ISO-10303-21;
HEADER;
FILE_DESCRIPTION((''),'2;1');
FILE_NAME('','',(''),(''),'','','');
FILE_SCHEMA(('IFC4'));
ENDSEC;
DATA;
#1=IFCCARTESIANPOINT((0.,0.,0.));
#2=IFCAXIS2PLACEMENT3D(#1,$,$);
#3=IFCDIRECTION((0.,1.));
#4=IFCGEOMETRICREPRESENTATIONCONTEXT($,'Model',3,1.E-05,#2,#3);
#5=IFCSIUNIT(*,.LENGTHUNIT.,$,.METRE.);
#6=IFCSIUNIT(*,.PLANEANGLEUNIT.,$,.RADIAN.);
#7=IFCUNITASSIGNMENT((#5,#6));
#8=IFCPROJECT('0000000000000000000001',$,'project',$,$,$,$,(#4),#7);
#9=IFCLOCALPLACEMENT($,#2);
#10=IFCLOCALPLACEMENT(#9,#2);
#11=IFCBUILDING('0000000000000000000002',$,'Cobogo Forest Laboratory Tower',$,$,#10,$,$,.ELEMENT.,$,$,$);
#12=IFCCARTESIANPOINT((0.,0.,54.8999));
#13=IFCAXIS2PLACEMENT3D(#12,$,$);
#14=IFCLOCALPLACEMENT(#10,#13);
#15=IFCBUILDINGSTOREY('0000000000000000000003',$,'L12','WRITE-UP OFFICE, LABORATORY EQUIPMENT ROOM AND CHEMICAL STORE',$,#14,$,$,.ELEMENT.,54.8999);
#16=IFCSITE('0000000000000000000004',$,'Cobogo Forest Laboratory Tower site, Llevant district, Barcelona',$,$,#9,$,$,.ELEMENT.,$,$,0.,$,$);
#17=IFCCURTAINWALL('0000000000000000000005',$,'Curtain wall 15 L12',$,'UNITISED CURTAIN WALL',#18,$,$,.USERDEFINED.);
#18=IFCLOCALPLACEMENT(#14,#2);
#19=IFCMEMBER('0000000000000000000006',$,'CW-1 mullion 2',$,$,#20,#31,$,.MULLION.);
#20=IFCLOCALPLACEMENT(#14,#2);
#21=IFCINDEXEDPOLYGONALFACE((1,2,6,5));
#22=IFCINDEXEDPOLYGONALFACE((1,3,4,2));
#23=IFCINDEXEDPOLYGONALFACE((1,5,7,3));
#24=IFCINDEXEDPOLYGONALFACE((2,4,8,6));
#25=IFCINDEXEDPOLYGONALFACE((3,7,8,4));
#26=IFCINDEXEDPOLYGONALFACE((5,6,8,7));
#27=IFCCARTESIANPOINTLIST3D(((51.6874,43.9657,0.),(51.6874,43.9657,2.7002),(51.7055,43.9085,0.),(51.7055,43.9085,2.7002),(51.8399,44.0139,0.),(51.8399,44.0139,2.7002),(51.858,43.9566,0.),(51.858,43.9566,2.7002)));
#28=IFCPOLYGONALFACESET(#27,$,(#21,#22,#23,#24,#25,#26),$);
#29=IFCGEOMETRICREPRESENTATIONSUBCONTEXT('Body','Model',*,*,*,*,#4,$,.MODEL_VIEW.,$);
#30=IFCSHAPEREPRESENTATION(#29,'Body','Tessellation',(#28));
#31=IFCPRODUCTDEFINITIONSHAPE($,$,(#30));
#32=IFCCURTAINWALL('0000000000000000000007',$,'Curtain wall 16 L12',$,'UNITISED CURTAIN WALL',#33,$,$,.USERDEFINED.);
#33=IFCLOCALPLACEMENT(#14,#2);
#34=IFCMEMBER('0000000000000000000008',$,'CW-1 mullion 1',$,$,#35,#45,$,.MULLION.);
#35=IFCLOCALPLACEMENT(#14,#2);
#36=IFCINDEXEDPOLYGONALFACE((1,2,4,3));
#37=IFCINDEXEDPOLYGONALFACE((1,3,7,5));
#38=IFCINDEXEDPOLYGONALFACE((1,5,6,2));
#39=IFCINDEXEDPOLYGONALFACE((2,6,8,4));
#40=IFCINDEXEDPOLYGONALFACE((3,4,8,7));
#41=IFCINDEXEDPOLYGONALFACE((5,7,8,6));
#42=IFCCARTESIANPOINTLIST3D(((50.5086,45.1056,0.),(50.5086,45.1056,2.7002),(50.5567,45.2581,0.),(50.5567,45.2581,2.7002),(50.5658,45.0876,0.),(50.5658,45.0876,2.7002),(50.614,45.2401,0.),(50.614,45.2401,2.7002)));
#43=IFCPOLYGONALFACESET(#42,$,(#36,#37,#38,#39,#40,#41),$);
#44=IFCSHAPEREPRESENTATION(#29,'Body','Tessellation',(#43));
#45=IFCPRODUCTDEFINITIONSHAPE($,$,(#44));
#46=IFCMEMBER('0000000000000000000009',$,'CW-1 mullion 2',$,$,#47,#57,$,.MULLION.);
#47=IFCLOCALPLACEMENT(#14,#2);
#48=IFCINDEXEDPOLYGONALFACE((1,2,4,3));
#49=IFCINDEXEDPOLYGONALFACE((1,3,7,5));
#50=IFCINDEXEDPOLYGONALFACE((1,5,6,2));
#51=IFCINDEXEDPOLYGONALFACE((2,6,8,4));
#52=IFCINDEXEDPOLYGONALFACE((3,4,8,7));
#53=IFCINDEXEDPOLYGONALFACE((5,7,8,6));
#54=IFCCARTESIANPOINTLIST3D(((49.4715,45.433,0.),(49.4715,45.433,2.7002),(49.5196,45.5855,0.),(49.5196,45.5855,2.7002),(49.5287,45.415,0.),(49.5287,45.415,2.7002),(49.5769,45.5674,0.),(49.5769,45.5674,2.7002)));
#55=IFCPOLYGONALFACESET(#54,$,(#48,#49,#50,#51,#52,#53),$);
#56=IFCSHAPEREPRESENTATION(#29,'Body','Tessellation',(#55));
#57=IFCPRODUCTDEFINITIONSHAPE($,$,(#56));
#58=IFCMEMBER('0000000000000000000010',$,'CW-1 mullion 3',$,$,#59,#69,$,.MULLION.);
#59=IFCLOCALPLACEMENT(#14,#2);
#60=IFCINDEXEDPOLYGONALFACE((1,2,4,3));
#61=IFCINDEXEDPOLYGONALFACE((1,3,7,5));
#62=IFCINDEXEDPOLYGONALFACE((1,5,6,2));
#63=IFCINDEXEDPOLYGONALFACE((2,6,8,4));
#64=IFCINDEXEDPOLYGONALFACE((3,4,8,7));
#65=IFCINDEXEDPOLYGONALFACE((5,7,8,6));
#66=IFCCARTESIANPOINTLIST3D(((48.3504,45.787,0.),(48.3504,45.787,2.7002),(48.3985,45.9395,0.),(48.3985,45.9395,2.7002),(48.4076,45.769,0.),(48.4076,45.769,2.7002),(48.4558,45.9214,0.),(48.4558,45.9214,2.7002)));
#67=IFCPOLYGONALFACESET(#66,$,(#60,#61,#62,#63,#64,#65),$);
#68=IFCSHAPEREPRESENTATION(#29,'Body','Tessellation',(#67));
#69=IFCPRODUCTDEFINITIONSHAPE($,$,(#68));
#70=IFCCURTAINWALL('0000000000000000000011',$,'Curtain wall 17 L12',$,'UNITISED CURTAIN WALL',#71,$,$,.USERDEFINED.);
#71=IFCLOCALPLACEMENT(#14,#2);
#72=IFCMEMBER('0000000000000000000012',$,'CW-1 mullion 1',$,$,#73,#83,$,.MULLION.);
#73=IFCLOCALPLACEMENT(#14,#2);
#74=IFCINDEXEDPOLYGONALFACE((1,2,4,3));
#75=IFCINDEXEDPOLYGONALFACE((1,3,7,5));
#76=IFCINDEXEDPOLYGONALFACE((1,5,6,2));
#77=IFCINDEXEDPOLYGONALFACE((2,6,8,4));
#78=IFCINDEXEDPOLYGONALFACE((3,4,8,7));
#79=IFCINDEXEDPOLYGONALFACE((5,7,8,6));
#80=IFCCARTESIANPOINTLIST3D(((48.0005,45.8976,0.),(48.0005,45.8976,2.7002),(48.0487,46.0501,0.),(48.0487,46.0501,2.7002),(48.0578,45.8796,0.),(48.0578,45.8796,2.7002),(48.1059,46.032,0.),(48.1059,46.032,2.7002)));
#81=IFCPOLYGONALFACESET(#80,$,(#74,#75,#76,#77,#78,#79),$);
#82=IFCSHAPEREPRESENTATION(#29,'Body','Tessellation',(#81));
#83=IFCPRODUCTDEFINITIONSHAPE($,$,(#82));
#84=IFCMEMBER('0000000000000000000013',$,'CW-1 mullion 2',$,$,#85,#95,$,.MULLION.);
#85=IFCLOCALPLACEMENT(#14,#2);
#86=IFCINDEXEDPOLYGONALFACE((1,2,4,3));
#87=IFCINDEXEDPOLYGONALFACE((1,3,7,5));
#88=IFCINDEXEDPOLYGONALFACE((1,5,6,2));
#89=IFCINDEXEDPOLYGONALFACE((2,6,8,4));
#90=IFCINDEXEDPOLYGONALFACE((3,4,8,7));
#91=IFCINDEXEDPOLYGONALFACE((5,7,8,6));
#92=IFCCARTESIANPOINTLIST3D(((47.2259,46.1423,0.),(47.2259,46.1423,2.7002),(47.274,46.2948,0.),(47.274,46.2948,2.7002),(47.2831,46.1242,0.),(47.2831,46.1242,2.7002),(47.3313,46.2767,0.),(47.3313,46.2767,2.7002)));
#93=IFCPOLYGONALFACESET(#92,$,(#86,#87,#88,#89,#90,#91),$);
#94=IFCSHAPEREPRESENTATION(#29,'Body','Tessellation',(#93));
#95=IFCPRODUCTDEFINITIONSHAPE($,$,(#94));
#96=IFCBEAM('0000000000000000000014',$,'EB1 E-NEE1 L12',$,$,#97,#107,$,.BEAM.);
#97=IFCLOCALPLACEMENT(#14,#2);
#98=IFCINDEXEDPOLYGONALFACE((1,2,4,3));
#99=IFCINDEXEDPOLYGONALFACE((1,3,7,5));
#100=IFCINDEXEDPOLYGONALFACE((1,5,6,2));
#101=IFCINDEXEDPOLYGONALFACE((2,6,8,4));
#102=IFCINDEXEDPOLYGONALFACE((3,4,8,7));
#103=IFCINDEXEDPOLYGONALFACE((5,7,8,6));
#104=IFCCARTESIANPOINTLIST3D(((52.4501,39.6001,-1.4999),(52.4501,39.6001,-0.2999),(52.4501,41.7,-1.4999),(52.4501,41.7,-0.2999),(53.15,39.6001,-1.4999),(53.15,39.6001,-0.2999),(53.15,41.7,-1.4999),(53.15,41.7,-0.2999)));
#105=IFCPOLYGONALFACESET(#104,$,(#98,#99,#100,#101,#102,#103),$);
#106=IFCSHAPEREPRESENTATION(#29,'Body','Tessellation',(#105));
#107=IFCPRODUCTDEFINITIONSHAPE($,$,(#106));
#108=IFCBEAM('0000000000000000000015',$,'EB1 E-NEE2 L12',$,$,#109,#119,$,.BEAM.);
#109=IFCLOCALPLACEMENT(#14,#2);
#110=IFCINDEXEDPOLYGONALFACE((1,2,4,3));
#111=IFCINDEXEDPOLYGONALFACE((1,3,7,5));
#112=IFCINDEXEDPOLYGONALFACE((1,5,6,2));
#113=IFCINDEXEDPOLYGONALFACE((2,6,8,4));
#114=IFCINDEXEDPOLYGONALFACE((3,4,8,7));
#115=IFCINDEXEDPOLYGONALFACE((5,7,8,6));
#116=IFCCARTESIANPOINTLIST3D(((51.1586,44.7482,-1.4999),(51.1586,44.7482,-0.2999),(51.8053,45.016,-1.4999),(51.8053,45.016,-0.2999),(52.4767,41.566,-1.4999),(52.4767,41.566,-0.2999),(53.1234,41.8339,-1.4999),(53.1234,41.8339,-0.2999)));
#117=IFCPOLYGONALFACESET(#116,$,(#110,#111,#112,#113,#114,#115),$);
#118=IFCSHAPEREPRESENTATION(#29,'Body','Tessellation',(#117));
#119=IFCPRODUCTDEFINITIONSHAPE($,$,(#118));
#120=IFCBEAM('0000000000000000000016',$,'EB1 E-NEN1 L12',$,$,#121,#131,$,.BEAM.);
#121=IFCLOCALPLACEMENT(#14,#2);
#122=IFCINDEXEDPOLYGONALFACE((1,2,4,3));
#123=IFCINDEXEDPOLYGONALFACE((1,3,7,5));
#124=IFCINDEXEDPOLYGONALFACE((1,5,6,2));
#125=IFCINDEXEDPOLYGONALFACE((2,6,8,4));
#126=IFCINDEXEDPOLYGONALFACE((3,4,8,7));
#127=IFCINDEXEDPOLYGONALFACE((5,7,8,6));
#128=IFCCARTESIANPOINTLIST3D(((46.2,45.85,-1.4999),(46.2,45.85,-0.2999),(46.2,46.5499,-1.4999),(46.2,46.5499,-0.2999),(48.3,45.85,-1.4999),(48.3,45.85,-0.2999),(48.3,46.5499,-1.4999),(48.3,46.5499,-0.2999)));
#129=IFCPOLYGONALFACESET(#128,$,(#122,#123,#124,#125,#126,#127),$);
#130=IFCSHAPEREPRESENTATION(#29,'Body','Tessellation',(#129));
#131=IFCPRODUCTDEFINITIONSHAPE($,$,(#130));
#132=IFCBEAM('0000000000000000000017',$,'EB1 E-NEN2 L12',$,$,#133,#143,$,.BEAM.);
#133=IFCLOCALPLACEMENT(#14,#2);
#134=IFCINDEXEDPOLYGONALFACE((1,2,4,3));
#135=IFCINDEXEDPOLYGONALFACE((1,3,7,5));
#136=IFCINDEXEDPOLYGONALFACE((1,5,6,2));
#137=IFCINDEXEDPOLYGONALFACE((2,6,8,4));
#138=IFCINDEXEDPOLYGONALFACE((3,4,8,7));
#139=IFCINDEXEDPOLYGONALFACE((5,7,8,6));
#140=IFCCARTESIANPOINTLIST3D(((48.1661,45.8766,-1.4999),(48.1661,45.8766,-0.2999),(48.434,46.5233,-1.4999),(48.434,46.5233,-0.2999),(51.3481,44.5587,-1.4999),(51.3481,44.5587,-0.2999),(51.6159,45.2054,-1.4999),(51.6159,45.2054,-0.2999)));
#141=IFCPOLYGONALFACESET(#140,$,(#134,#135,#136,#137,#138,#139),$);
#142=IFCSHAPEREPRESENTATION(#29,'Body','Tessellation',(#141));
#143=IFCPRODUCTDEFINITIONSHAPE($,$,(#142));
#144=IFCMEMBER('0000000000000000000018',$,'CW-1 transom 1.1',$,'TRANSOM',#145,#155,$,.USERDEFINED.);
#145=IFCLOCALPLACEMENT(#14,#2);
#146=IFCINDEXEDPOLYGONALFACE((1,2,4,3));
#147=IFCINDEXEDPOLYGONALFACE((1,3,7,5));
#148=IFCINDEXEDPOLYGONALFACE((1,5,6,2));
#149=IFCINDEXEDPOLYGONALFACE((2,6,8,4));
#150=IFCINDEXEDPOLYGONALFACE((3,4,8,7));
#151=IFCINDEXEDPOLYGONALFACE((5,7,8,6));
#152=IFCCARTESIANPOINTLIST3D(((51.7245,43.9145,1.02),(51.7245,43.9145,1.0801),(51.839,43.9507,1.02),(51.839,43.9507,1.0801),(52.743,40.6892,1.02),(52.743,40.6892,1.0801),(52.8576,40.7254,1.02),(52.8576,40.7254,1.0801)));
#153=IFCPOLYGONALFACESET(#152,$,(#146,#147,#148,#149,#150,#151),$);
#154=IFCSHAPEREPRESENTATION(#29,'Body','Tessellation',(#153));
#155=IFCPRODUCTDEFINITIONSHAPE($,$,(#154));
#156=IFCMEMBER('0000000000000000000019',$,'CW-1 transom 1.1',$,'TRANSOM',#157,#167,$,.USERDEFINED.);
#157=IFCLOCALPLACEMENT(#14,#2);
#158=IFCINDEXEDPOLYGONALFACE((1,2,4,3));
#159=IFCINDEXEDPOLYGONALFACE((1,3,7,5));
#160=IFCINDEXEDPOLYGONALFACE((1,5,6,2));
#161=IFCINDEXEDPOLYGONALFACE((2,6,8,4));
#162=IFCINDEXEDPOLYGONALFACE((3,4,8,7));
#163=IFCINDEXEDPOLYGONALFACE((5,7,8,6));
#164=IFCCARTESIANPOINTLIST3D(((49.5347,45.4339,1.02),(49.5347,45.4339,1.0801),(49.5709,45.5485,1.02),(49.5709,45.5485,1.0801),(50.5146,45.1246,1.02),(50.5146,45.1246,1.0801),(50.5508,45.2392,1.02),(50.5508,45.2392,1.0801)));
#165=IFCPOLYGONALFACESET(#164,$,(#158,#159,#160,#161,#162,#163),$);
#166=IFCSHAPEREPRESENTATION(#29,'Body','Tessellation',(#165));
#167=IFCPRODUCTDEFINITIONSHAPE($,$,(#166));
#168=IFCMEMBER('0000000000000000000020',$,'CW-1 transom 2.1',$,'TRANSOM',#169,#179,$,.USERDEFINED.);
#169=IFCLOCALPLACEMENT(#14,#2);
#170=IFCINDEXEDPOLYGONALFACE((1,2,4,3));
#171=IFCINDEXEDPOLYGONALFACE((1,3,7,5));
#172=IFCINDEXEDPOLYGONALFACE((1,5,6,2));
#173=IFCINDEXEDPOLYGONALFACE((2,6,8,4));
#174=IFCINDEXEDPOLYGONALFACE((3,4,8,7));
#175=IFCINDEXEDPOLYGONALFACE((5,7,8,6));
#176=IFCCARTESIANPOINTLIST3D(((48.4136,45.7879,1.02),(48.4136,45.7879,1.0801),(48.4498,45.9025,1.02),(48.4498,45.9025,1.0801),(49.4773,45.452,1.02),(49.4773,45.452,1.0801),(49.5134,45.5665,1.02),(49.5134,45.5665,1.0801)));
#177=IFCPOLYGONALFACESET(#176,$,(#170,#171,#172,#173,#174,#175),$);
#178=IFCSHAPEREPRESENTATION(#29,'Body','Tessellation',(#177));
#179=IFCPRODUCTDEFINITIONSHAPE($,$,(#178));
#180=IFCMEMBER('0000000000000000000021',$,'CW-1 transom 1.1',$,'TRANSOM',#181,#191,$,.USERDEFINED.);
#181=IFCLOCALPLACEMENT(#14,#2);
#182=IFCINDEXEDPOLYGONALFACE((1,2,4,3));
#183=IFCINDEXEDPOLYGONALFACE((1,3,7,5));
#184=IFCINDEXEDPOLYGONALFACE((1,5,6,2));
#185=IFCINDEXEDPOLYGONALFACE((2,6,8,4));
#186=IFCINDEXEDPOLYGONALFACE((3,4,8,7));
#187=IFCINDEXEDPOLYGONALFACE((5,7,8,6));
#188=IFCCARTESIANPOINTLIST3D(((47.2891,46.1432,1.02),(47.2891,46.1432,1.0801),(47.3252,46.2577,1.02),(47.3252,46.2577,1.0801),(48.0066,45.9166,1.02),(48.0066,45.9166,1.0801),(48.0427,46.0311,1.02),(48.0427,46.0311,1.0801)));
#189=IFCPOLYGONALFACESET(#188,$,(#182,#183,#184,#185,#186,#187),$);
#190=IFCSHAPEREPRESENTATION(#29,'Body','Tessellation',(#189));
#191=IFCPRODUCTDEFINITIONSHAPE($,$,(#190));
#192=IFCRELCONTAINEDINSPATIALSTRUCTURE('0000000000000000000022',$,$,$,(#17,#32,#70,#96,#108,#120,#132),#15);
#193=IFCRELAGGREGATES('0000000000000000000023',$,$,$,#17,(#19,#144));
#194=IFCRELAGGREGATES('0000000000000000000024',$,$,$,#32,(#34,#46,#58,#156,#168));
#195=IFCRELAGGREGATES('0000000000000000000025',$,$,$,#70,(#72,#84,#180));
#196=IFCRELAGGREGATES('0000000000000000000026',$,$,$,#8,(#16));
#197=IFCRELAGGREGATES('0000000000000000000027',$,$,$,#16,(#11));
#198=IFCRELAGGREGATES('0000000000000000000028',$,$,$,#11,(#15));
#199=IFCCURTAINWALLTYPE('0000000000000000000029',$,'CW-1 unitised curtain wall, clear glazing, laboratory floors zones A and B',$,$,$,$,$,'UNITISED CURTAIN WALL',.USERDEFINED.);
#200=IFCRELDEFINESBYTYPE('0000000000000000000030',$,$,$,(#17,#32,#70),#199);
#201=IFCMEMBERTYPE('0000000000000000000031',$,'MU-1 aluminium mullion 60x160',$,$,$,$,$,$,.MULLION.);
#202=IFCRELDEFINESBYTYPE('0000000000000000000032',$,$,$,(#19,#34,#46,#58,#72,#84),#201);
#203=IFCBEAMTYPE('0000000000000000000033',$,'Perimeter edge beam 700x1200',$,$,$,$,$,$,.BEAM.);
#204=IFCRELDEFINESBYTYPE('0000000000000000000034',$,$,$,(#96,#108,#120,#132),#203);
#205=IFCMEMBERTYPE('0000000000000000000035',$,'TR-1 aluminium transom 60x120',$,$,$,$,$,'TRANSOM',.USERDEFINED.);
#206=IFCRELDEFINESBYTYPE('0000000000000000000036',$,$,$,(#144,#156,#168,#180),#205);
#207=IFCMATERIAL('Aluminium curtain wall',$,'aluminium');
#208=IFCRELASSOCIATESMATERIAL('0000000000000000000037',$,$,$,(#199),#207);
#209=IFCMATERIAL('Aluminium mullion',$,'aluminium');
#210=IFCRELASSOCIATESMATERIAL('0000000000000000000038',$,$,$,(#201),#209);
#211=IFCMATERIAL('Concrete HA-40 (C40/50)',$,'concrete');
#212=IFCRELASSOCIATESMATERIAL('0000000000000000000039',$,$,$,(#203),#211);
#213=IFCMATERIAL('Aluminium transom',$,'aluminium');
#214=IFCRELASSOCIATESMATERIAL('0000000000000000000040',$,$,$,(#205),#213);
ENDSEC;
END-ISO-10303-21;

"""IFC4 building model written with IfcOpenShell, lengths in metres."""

from ifc_helpers import new_model, si_unit, direction, frame, origin, origin_2d, place, context, subcontext, project, spatial, rectangle, extrude, material, material_profile, profile_set, type_object, element, aggregate, save


model = new_model("IFC4")

# Units and contexts
model_context = context("Model", 3, precision=1e-05, world=origin(), true_north=direction((0.0, 1.0)))
body_context = subcontext(model_context, "Body", "Model", "MODEL_VIEW")
ifc_project = project(units=[si_unit("LENGTHUNIT", "METRE"), si_unit("PLANEANGLEUNIT", "RADIAN")], contexts=[model_context])

# Site, building, storey
site_placement = place(None, origin())
site = spatial("IfcSite", under=ifc_project, at=site_placement, Name="Cobogo Forest Laboratory Tower site, Llevant district, Barcelona", CompositionType="ELEMENT", RefElevation=0.0)
building_placement = place(site_placement, origin())
building = spatial("IfcBuilding", under=site, at=building_placement, Name="Cobogo Forest Laboratory Tower", CompositionType="ELEMENT")
storey_placement = place(building_placement, frame((0.0, 0.0, 54.8999)))
storey = spatial("IfcBuildingStorey", under=building, at=storey_placement, Name="L12", Description="WRITE-UP OFFICE, LABORATORY EQUIPMENT ROOM AND CHEMICAL STORE", CompositionType="ELEMENT", Elevation=54.8999)

# Shared definitions
ifc_material_1 = material(Name="Concrete HA-40 (C40/50)", Category="concrete")

# Curtain walls, members
ifc_material_2 = material(Name="Aluminium curtain wall", Category="aluminium")
curtain_wall_type = type_object("IfcCurtainWallType", Name="CW-1 unitised curtain wall, clear glazing, laboratory floors zones A and B", ElementType="UNITISED CURTAIN WALL", PredefinedType="USERDEFINED", material=ifc_material_2)
curtain_wall_1_placement = place(storey_placement, origin())
curtain_wall_1 = element("IfcCurtainWall", 1, at=curtain_wall_1_placement, inside=storey, type_object=curtain_wall_type, Name="Curtain wall 15 L12", ObjectType="UNITISED CURTAIN WALL", PredefinedType="USERDEFINED")
ifc_material_3 = material(Name="Aluminium mullion", Category="aluminium")
ifc_material_profile_1 = material_profile(ifc_material_3, rectangle(XDim=0.0601, YDim=0.1599, at=origin_2d()), Name="AL 60x160")
ifc_profile_set_1 = profile_set([ifc_material_profile_1], Name="Aluminium mullion")
member_type_1 = type_object("IfcMemberType", Name="MU-1 aluminium mullion 60x160", PredefinedType="MULLION", material=ifc_profile_set_1)
member_1_placement = place(storey_placement, frame((51.7727, 43.9612, 0.0), z_axis=(0.0, 0.0, 1.0), x_axis=(-0.301135, 0.953581, 0.0)))
member_1 = element("IfcMember", 2, at=member_1_placement, type_object=member_type_1, Name="CW-1 mullion 2", PredefinedType="MULLION", context=body_context, shape_type="SweptSolid", body=[
    extrude(rectangle(XDim=0.0601, YDim=0.1599, at=origin_2d()), origin(), (0.0, 0.0, 1.0), 2.7002),
])
curtain_wall_2_placement = place(storey_placement, origin())
curtain_wall_2 = element("IfcCurtainWall", 3, at=curtain_wall_2_placement, inside=storey, type_object=curtain_wall_type, Name="Curtain wall 16 L12", ObjectType="UNITISED CURTAIN WALL", PredefinedType="USERDEFINED")
member_2_placement = place(storey_placement, frame((50.5613, 45.1729, 0.0), z_axis=(0.0, 0.0, 1.0), x_axis=(-0.953581, 0.301135, 0.0)))
member_2 = element("IfcMember", 4, at=member_2_placement, type_object=member_type_1, Name="CW-1 mullion 1", PredefinedType="MULLION", context=body_context, shape_type="SweptSolid", body=[
    extrude(rectangle(XDim=0.0601, YDim=0.1599, at=origin_2d()), origin(), (0.0, 0.0, 1.0), 2.7002),
])
member_3_placement = place(storey_placement, frame((49.5242, 45.5002, 0.0), z_axis=(0.0, 0.0, 1.0), x_axis=(-0.953581, 0.301135, 0.0)))
member_3 = element("IfcMember", 5, at=member_3_placement, type_object=member_type_1, Name="CW-1 mullion 2", PredefinedType="MULLION", context=body_context, shape_type="SweptSolid", body=[
    extrude(rectangle(XDim=0.0601, YDim=0.1599, at=origin_2d()), origin(), (0.0, 0.0, 1.0), 2.7002),
])
member_4_placement = place(storey_placement, frame((48.4031, 45.8542, 0.0), z_axis=(0.0, 0.0, 1.0), x_axis=(-0.953581, 0.301135, 0.0)))
member_4 = element("IfcMember", 6, at=member_4_placement, type_object=member_type_1, Name="CW-1 mullion 3", PredefinedType="MULLION", context=body_context, shape_type="SweptSolid", body=[
    extrude(rectangle(XDim=0.0601, YDim=0.1599, at=origin_2d()), origin(), (0.0, 0.0, 1.0), 2.7002),
])
curtain_wall_3_placement = place(storey_placement, origin())
curtain_wall_3 = element("IfcCurtainWall", 7, at=curtain_wall_3_placement, inside=storey, type_object=curtain_wall_type, Name="Curtain wall 17 L12", ObjectType="UNITISED CURTAIN WALL", PredefinedType="USERDEFINED")
member_5_placement = place(storey_placement, frame((48.0532, 45.9648, 0.0), z_axis=(0.0, 0.0, 1.0), x_axis=(-0.953582, 0.301135, 0.0)))
member_5 = element("IfcMember", 8, at=member_5_placement, type_object=member_type_1, Name="CW-1 mullion 1", PredefinedType="MULLION", context=body_context, shape_type="SweptSolid", body=[
    extrude(rectangle(XDim=0.0601, YDim=0.1599, at=origin_2d()), origin(), (0.0, 0.0, 1.0), 2.7002),
])
member_6_placement = place(storey_placement, frame((47.2786, 46.2095, 0.0), z_axis=(0.0, 0.0, 1.0), x_axis=(-0.953582, 0.301135, 0.0)))
member_6 = element("IfcMember", 9, at=member_6_placement, type_object=member_type_1, Name="CW-1 mullion 2", PredefinedType="MULLION", context=body_context, shape_type="SweptSolid", body=[
    extrude(rectangle(XDim=0.0601, YDim=0.1599, at=origin_2d()), origin(), (0.0, 0.0, 1.0), 2.7002),
])

# Beams
ifc_material_profile_2 = material_profile(ifc_material_1, rectangle(XDim=0.7, YDim=1.2, at=origin_2d()), Name="RC 700x1200")
ifc_profile_set_2 = profile_set([ifc_material_profile_2], Name="Concrete HA-40 (C40/50)")
beam_type_1 = type_object("IfcBeamType", Name="Perimeter edge beam 700x1200", PredefinedType="BEAM", material=ifc_profile_set_2)
beam_1_placement = place(storey_placement, frame((52.8, 39.6001, -0.8999), z_axis=(0.0, 1.0, 0.0), x_axis=(-1.0, 0.0, 0.0)))
element("IfcBeam", 10, at=beam_1_placement, inside=storey, type_object=beam_type_1, Name="EB1 E-NEE1 L12", PredefinedType="BEAM", context=body_context, shape_type="SweptSolid", body=[
    extrude(rectangle(XDim=0.7, YDim=1.2, at=origin_2d()), origin(), (0.0, 0.0, 1.0), 2.0999),
])
beam_2_placement = place(storey_placement, frame((52.8, 41.7, -0.8999), z_axis=(-0.382692, 0.923876, 0.0), x_axis=(-0.923876, -0.382692, 0.0)))
element("IfcBeam", 11, at=beam_2_placement, inside=storey, type_object=beam_type_1, Name="EB1 E-NEE2 L12", PredefinedType="BEAM", context=body_context, shape_type="SweptSolid", body=[
    extrude(rectangle(XDim=0.7, YDim=1.2, at=origin_2d()), origin(), (0.0, 0.0, 1.0), 3.4443),
])
beam_3_placement = place(storey_placement, frame((46.2, 46.2, -0.8999), z_axis=(1.0, 0.0, 0.0), x_axis=(0.0, 1.0, 0.0)))
element("IfcBeam", 12, at=beam_3_placement, inside=storey, type_object=beam_type_1, Name="EB1 E-NEN1 L12", PredefinedType="BEAM", context=body_context, shape_type="SweptSolid", body=[
    extrude(rectangle(XDim=0.7, YDim=1.2, at=origin_2d()), origin(), (0.0, 0.0, 1.0), 2.1001),
])
beam_4_placement = place(storey_placement, frame((48.3, 46.2, -0.8999), z_axis=(0.923891, -0.382656, 0.0), x_axis=(0.382656, 0.923891, 0.0)))
element("IfcBeam", 13, at=beam_4_placement, inside=storey, type_object=beam_type_1, Name="EB1 E-NEN2 L12", PredefinedType="BEAM", context=body_context, shape_type="SweptSolid", body=[
    extrude(rectangle(XDim=0.7, YDim=1.2, at=origin_2d()), origin(), (0.0, 0.0, 1.0), 3.4441),
])

# Members
ifc_material_4 = material(Name="Aluminium transom", Category="aluminium")
ifc_material_profile_3 = material_profile(ifc_material_4, rectangle(XDim=0.1201, YDim=0.0601, at=origin_2d()), Name="AL 60x120")
ifc_profile_set_3 = profile_set([ifc_material_profile_3], Name="Aluminium transom")
member_type_2 = type_object("IfcMemberType", Name="TR-1 aluminium transom 60x120", ElementType="TRANSOM", PredefinedType="USERDEFINED", material=ifc_profile_set_3)
member_7_placement = place(storey_placement, frame((52.8003, 40.7073, 1.05), z_axis=(-0.301138, 0.95358, 0.0), x_axis=(-0.95358, -0.301138, 0.0)))
member_7 = element("IfcMember", 14, at=member_7_placement, type_object=member_type_2, Name="CW-1 transom 1.1", ObjectType="TRANSOM", PredefinedType="USERDEFINED", context=body_context, shape_type="SweptSolid", body=[
    extrude(rectangle(XDim=0.1201, YDim=0.0601, at=origin_2d()), origin(), (0.0, 0.0, 1.0), 3.3823),
])
member_8_placement = place(storey_placement, frame((50.5327, 45.1819, 1.05), z_axis=(-0.953622, 0.301006, 0.0), x_axis=(-0.301006, -0.953622, 0.0)))
member_8 = element("IfcMember", 15, at=member_8_placement, type_object=member_type_2, Name="CW-1 transom 1.1", ObjectType="TRANSOM", PredefinedType="USERDEFINED", context=body_context, shape_type="SweptSolid", body=[
    extrude(rectangle(XDim=0.1201, YDim=0.0601, at=origin_2d()), origin(), (0.0, 0.0, 1.0), 1.0276),
])
member_9_placement = place(storey_placement, frame((49.4954, 45.5093, 1.05), z_axis=(-0.953576, 0.301152, 0.0), x_axis=(-0.301152, -0.953576, 0.0)))
member_9 = element("IfcMember", 16, at=member_9_placement, type_object=member_type_2, Name="CW-1 transom 2.1", ObjectType="TRANSOM", PredefinedType="USERDEFINED", context=body_context, shape_type="SweptSolid", body=[
    extrude(rectangle(XDim=0.1201, YDim=0.0601, at=origin_2d()), origin(), (0.0, 0.0, 1.0), 1.1155),
])
member_10_placement = place(storey_placement, frame((48.0247, 45.9739, 1.05), z_axis=(-0.953592, 0.3011, 0.0), x_axis=(-0.3011, -0.953592, 0.0)))
member_10 = element("IfcMember", 17, at=member_10_placement, type_object=member_type_2, Name="CW-1 transom 1.1", ObjectType="TRANSOM", PredefinedType="USERDEFINED", context=body_context, shape_type="SweptSolid", body=[
    extrude(rectangle(XDim=0.1201, YDim=0.0601, at=origin_2d()), origin(), (0.0, 0.0, 1.0), 0.7524),
])

aggregate(curtain_wall_1, [member_1, member_7])
aggregate(curtain_wall_2, [member_2, member_3, member_4, member_8, member_9])
aggregate(curtain_wall_3, [member_5, member_6, member_10])

save(model, "model.ifc")
